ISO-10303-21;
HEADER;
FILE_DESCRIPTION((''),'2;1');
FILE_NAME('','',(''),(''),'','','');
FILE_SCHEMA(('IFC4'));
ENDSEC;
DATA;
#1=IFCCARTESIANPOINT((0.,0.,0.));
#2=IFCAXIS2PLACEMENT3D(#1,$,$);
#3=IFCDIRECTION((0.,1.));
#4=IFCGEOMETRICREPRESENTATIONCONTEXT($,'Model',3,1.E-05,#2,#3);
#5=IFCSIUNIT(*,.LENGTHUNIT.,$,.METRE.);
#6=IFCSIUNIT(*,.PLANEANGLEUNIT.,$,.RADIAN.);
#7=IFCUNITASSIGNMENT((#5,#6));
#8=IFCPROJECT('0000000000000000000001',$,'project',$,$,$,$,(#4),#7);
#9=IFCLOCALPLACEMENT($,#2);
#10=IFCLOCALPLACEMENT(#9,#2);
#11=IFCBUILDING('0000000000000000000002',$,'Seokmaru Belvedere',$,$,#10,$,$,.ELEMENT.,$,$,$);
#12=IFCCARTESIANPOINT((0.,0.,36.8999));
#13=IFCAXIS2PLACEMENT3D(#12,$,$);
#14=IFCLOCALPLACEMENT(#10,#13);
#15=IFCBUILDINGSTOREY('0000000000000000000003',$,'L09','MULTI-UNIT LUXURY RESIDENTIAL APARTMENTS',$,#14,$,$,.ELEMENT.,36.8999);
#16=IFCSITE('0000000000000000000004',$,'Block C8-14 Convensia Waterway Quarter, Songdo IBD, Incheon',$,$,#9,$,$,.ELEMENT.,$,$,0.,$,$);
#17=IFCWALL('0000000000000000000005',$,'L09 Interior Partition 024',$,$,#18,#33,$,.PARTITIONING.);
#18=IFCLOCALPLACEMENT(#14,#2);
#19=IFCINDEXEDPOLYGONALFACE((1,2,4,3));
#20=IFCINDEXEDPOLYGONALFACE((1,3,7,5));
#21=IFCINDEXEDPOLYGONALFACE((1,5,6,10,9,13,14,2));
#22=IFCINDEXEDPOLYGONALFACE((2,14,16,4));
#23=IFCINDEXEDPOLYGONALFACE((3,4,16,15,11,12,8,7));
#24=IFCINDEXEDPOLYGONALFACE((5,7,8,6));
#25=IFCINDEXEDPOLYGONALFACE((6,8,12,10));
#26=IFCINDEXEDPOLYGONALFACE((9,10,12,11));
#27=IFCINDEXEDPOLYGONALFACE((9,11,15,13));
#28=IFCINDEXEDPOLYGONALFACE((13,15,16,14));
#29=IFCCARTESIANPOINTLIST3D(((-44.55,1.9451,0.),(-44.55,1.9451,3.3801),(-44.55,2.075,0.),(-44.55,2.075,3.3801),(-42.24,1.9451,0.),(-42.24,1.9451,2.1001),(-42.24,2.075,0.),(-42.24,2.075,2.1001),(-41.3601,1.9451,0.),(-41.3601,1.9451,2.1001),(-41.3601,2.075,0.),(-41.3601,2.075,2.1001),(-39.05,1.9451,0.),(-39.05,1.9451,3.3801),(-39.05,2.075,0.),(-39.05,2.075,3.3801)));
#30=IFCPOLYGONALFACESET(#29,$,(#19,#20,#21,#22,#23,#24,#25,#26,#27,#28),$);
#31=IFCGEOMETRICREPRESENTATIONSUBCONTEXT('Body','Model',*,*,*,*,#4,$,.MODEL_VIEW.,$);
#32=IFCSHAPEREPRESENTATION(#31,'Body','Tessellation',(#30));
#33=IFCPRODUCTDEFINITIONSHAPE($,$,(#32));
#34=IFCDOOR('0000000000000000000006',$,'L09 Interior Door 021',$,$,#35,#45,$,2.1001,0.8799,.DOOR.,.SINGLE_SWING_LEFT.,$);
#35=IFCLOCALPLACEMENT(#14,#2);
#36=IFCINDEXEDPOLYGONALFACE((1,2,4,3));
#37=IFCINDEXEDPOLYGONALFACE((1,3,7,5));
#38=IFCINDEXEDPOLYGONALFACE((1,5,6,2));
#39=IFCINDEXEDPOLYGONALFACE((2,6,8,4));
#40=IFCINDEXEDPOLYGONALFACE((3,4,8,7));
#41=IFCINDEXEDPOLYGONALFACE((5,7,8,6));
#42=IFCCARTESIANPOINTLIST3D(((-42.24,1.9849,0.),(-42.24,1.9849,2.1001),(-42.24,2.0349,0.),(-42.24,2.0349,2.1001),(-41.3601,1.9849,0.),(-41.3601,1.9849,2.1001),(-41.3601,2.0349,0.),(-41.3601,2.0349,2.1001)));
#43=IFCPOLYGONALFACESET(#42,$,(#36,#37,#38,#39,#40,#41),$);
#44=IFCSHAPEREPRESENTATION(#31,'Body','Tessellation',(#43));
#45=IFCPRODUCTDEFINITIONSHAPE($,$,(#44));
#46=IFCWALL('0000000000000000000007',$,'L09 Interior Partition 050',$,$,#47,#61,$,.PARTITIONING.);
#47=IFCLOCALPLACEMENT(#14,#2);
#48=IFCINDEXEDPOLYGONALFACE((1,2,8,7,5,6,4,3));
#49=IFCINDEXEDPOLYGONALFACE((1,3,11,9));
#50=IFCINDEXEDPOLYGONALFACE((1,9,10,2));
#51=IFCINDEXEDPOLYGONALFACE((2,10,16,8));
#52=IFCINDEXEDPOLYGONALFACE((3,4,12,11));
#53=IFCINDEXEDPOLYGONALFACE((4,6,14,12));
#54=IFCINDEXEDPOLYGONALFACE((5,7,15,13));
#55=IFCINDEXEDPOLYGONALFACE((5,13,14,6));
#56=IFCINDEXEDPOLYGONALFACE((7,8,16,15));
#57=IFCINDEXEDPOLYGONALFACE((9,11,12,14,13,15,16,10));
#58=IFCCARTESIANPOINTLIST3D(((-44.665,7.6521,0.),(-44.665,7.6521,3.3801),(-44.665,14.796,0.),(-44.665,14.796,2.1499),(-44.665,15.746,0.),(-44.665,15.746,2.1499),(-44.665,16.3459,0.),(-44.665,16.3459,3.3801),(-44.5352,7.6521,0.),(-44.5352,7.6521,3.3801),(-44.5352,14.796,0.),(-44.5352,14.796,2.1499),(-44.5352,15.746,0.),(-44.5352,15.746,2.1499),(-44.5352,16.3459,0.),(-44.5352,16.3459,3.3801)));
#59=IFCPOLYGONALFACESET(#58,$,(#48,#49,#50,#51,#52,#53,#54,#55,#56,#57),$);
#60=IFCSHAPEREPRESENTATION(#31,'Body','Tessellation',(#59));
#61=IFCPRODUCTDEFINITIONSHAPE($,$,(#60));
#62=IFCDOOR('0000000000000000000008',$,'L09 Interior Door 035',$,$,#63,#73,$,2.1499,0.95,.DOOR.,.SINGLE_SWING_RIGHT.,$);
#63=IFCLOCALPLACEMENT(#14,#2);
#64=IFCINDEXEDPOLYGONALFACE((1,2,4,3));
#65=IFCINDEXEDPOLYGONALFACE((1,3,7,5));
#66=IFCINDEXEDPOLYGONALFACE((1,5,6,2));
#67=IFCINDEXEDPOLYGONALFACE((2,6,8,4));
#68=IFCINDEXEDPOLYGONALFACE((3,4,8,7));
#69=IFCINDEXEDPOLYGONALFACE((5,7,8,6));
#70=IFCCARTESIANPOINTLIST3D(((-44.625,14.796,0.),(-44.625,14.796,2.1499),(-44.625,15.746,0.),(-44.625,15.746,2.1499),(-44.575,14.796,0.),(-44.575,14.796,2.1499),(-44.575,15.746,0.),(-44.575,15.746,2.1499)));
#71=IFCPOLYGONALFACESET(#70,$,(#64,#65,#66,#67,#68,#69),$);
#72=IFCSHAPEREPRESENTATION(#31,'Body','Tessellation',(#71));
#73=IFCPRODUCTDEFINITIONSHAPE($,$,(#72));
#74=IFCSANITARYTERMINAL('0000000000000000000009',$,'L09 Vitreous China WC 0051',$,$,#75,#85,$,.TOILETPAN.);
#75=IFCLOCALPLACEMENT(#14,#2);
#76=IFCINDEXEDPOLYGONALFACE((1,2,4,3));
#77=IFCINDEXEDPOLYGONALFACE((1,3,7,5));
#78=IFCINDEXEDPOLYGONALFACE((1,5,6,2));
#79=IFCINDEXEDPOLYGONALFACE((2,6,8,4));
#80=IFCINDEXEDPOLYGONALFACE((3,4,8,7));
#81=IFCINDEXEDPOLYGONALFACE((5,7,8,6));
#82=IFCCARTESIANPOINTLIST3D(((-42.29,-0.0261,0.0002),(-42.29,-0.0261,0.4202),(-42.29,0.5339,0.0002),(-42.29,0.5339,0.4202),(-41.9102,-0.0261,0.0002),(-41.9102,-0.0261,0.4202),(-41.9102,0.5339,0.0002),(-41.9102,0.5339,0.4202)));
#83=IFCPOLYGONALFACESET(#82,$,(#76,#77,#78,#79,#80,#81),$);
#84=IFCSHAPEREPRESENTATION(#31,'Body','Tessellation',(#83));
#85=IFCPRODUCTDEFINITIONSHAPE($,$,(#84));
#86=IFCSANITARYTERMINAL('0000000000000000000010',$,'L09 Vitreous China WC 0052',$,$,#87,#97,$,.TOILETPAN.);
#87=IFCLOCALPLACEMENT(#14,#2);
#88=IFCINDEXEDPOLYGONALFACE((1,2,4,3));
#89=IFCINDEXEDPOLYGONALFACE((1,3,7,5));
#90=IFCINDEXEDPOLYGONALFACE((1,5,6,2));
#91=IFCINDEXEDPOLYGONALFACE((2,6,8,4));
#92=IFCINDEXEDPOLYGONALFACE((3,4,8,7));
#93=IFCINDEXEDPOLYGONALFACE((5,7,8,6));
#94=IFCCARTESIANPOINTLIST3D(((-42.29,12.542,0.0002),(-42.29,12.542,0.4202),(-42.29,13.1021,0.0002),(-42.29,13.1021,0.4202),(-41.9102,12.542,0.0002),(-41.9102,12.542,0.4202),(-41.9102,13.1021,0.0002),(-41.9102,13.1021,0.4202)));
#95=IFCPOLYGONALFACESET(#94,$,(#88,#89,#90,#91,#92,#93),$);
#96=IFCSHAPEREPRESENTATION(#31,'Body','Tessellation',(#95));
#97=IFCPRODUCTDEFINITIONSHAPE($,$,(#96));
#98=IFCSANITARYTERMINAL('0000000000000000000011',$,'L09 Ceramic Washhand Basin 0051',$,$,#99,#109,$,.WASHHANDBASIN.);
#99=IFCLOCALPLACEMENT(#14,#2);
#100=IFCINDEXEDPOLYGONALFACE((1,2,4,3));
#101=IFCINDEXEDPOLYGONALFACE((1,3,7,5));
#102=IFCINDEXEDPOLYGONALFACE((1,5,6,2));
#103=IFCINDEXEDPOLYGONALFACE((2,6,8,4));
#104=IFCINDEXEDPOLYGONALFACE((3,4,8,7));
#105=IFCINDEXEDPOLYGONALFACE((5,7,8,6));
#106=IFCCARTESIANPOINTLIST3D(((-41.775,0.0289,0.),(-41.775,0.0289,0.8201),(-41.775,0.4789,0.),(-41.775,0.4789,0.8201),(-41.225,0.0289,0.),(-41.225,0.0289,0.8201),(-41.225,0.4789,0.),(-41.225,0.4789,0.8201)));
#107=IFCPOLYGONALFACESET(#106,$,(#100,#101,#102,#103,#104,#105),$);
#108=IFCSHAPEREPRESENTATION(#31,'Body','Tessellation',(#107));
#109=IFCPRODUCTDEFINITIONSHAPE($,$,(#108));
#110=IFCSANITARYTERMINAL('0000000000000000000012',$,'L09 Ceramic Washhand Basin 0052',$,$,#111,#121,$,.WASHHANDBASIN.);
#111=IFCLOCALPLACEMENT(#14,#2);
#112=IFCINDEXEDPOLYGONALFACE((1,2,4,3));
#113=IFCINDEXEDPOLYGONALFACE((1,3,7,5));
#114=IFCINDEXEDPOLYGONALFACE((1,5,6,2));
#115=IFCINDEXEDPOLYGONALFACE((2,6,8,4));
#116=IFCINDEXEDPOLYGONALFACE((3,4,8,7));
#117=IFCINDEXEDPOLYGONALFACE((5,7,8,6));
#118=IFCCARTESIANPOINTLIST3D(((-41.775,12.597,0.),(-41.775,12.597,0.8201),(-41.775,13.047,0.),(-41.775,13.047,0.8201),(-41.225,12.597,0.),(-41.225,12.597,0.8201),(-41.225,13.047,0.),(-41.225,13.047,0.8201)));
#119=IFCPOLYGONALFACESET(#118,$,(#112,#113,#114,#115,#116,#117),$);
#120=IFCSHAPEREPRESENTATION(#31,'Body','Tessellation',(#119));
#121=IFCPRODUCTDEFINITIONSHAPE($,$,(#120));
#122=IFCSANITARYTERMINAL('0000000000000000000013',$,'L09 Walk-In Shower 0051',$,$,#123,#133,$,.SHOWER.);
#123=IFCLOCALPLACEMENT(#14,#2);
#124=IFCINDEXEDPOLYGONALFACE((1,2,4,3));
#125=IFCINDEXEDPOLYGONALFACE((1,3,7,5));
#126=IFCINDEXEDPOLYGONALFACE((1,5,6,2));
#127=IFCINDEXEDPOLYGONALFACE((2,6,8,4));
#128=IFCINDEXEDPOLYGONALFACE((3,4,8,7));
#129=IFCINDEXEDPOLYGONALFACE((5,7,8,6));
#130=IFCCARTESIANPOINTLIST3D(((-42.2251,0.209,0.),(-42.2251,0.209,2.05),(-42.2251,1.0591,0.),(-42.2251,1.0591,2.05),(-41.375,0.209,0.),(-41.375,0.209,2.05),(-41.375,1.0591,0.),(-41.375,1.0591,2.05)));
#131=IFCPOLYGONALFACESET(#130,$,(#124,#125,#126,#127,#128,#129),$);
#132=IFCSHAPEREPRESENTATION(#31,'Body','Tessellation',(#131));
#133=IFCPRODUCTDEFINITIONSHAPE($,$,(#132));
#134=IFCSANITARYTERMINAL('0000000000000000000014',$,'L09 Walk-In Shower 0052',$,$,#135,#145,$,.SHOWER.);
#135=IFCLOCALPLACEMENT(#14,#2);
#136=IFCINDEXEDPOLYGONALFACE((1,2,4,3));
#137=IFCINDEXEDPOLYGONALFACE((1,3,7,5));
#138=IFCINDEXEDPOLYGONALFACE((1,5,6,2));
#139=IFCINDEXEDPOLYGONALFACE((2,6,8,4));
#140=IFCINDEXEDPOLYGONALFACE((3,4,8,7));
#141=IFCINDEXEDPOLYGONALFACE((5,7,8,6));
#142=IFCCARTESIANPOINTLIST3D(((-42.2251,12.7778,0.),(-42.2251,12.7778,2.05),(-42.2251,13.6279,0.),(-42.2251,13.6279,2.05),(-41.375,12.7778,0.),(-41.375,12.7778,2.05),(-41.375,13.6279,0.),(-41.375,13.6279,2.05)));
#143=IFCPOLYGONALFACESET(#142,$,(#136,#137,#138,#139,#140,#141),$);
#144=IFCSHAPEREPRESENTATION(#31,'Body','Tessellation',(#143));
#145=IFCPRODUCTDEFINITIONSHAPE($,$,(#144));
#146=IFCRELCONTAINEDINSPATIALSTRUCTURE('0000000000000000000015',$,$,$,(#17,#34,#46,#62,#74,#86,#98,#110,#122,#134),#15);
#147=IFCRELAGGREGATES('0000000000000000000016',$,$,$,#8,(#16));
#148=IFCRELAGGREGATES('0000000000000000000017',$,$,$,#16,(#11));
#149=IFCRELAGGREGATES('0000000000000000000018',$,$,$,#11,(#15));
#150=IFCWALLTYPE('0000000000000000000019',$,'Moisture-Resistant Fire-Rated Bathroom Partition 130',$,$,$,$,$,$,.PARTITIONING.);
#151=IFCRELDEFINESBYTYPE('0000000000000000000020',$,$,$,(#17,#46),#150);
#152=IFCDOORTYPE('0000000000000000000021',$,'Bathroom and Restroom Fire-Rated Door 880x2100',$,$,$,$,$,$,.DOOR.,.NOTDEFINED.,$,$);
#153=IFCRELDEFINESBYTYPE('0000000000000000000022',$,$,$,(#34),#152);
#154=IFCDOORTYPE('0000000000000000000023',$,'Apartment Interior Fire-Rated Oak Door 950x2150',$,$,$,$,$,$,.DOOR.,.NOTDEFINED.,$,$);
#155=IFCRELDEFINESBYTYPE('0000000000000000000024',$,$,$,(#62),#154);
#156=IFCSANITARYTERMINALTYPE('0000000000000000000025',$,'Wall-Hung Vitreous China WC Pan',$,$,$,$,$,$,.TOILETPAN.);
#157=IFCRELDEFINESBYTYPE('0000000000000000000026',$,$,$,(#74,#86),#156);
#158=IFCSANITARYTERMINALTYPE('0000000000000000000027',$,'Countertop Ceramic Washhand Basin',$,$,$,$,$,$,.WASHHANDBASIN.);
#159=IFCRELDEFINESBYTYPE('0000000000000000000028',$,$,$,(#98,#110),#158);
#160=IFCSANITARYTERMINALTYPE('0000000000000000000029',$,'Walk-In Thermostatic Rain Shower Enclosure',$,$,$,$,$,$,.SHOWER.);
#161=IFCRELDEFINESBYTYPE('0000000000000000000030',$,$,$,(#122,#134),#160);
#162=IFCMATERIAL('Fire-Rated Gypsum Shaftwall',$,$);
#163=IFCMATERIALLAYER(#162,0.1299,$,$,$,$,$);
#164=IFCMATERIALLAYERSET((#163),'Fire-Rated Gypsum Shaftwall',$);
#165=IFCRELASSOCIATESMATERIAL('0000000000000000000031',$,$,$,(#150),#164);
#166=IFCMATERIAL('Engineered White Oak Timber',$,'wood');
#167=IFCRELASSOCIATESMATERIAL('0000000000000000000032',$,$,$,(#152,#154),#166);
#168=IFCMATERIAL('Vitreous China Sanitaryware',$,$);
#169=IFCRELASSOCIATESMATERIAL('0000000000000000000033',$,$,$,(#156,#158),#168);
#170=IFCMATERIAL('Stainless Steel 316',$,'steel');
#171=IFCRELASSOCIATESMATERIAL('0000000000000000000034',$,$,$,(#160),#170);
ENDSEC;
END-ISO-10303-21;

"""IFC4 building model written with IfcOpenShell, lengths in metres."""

from ifc_helpers import new_model, si_unit, direction, frame, frame_2d, origin, origin_2d, place, context, subcontext, project, spatial, rectangle, extrude, source, transform, mapped, material, layer, layer_set, type_object, type_shapes, element, fill, save


model = new_model("IFC4")

# Units and contexts
model_context = context("Model", 3, precision=1e-05, world=origin(), true_north=direction((0.0, 1.0)))
body_context = subcontext(model_context, "Body", "Model", "MODEL_VIEW")
ifc_project = project(units=[si_unit("LENGTHUNIT", "METRE"), si_unit("PLANEANGLEUNIT", "RADIAN")], contexts=[model_context])

# Site, building, storey
site_placement = place(None, origin())
site = spatial("IfcSite", under=ifc_project, at=site_placement, Name="Block C8-14 Convensia Waterway Quarter, Songdo IBD, Incheon", CompositionType="ELEMENT", RefElevation=0.0)
building_placement = place(site_placement, origin())
building = spatial("IfcBuilding", under=site, at=building_placement, Name="Seokmaru Belvedere", CompositionType="ELEMENT")
storey_placement = place(building_placement, frame((0.0, 0.0, 36.8999)))
storey = spatial("IfcBuildingStorey", under=building, at=storey_placement, Name="L09", Description="MULTI-UNIT LUXURY RESIDENTIAL APARTMENTS", CompositionType="ELEMENT", Elevation=36.8999)

# Shared definitions
ifc_material_1 = material(Name="Fire-Rated Gypsum Shaftwall")

# Walls, openings, doors
ifc_layer_1 = layer(ifc_material_1, 0.1299)
ifc_layer_set_1 = layer_set([ifc_layer_1], Name="Fire-Rated Gypsum Shaftwall")
wall_type_1 = type_object("IfcWallType", Name="Moisture-Resistant Fire-Rated Bathroom Partition 130", PredefinedType="PARTITIONING", material=ifc_layer_set_1)
wall_1_placement = place(storey_placement, frame((-44.55, 2.01, 0.0), z_axis=(0.0, 0.0, 1.0), x_axis=(1.0, 0.0, 0.0)))
wall_1 = element("IfcWall", 1, at=wall_1_placement, inside=storey, type_object=wall_type_1, Name="L09 Interior Partition 024", PredefinedType="PARTITIONING", context=body_context, shape_type="SweptSolid", body=[
    extrude(rectangle(XDim=5.5, YDim=0.1299, at=frame_2d((2.75, 0.0))), origin(), (0.0, 0.0, 1.0), 3.3801),
])
opening_1_placement = place(wall_1_placement, frame((2.3101, 0.0, 0.0)))
opening_1 = element("IfcOpeningElement", 2, at=opening_1_placement, cuts=wall_1, PredefinedType="OPENING", context=body_context, shape_type="SweptSolid", body=[
    extrude(rectangle(XDim=0.8799, YDim=2.1001, at=frame_2d((0.4399, 1.05))), frame((0.0, 0.075, 0.0), z_axis=(0.0, -1.0, 0.0), x_axis=(1.0, 0.0, 0.0)), (0.0, 0.0, 1.0), 0.1499),
])
ifc_material_2 = material(Name="Engineered White Oak Timber", Category="wood")
door_type_1 = type_object("IfcDoorType", Name="Bathroom and Restroom Fire-Rated Door 880x2100", OperationType="NOTDEFINED", PredefinedType="DOOR", material=ifc_material_2)
shared_shape_1 = source(origin(), body_context, "Body", "SweptSolid", [
    extrude(rectangle(XDim=0.8799, YDim=2.1001, at=frame_2d((0.4399, 1.05))), frame((0.0, 0.0249, 0.0), z_axis=(0.0, -1.0, 0.0), x_axis=(1.0, 0.0, 0.0)), (0.0, 0.0, 1.0), 0.05),
])
type_shapes(door_type_1, [shared_shape_1])
door_1_placement = place(opening_1_placement, origin())
door_1 = element("IfcDoor", 3, at=door_1_placement, inside=storey, type_object=door_type_1, Name="L09 Interior Door 021", OperationType="SINGLE_SWING_LEFT", OverallHeight=2.1001, OverallWidth=0.8799, PredefinedType="DOOR", context=body_context, shape_type="MappedRepresentation", body=[
    mapped(shared_shape_1, transform((0.0, 0.0, 0.0), scale=1.0)),
])
fill(opening_1, door_1)
wall_2_placement = place(storey_placement, frame((-44.6001, 7.6521, 0.0), z_axis=(0.0, 0.0, 1.0), x_axis=(0.0, 1.0, 0.0)))
wall_2 = element("IfcWall", 4, at=wall_2_placement, inside=storey, type_object=wall_type_1, Name="L09 Interior Partition 050", PredefinedType="PARTITIONING", context=body_context, shape_type="SweptSolid", body=[
    extrude(rectangle(XDim=8.6938, YDim=0.1299, at=frame_2d((4.3469, 0.0))), origin(), (0.0, 0.0, 1.0), 3.3801),
])
opening_2_placement = place(wall_2_placement, frame((7.1438, 0.0, 0.0)))
opening_2 = element("IfcOpeningElement", 5, at=opening_2_placement, cuts=wall_2, PredefinedType="OPENING", context=body_context, shape_type="SweptSolid", body=[
    extrude(rectangle(XDim=0.95, YDim=2.1499, at=frame_2d((0.4751, 1.075))), frame((0.0, 0.075, 0.0), z_axis=(0.0, -1.0, 0.0), x_axis=(1.0, 0.0, 0.0)), (0.0, 0.0, 1.0), 0.1499),
])
door_type_2 = type_object("IfcDoorType", Name="Apartment Interior Fire-Rated Oak Door 950x2150", OperationType="NOTDEFINED", PredefinedType="DOOR", material=ifc_material_2)
shared_shape_2 = source(origin(), body_context, "Body", "SweptSolid", [
    extrude(rectangle(XDim=0.95, YDim=2.1499, at=frame_2d((0.4751, 1.075))), frame((0.0, 0.0249, 0.0), z_axis=(0.0, -1.0, 0.0), x_axis=(1.0, 0.0, 0.0)), (0.0, 0.0, 1.0), 0.05),
])
type_shapes(door_type_2, [shared_shape_2])
door_2_placement = place(opening_2_placement, origin())
door_2 = element("IfcDoor", 6, at=door_2_placement, inside=storey, type_object=door_type_2, Name="L09 Interior Door 035", OperationType="SINGLE_SWING_RIGHT", OverallHeight=2.1499, OverallWidth=0.95, PredefinedType="DOOR", context=body_context, shape_type="MappedRepresentation", body=[
    mapped(shared_shape_2, transform((0.0, 0.0, 0.0), scale=1.0)),
])
fill(opening_2, door_2)

# Sanitary terminals
ifc_material_3 = material(Name="Vitreous China Sanitaryware")
sanitary_terminal_type_1 = type_object("IfcSanitaryTerminalType", Name="Wall-Hung Vitreous China WC Pan", PredefinedType="TOILETPAN", material=ifc_material_3)
shared_shape_3 = source(origin(), body_context, "Body", "SweptSolid", [
    extrude(rectangle(XDim=0.3799, YDim=0.5601, at=origin_2d()), origin(), (0.0, 0.0, 1.0), 0.4199),
])
type_shapes(sanitary_terminal_type_1, [shared_shape_3])
for number, where, z_axis, x_axis, name in (
    (7, (-42.1001, 0.2539, 0.0002), (0.0, 0.0, 1.0), (1.0, 0.0, 0.0), "L09 Vitreous China WC 0051"),
    (8, (-42.1001, 12.822, 0.0002), (0.0, 0.0, 1.0), (1.0, 0.0, 0.0), "L09 Vitreous China WC 0052"),
):
    element("IfcSanitaryTerminal", number, at=place(storey_placement, frame(where, z_axis=z_axis, x_axis=x_axis)), inside=storey, type_object=sanitary_terminal_type_1, Name=name, PredefinedType="TOILETPAN", context=body_context, shape_type="MappedRepresentation", body=[
        mapped(shared_shape_3, transform((0.0, 0.0, 0.0), scale=1.0)),
    ])
sanitary_terminal_type_2 = type_object("IfcSanitaryTerminalType", Name="Countertop Ceramic Washhand Basin", PredefinedType="WASHHANDBASIN", material=ifc_material_3)
shared_shape_4 = source(origin(), body_context, "Body", "SweptSolid", [
    extrude(rectangle(XDim=0.55, YDim=0.45, at=origin_2d()), origin(), (0.0, 0.0, 1.0), 0.8201),
])
type_shapes(sanitary_terminal_type_2, [shared_shape_4])
for number, where, z_axis, x_axis, name in (
    (9, (-41.5, 0.2539, 0.0), (0.0, 0.0, 1.0), (1.0, 0.0, 0.0), "L09 Ceramic Washhand Basin 0051"),
    (10, (-41.5, 12.822, 0.0), (0.0, 0.0, 1.0), (1.0, 0.0, 0.0), "L09 Ceramic Washhand Basin 0052"),
):
    element("IfcSanitaryTerminal", number, at=place(storey_placement, frame(where, z_axis=z_axis, x_axis=x_axis)), inside=storey, type_object=sanitary_terminal_type_2, Name=name, PredefinedType="WASHHANDBASIN", context=body_context, shape_type="MappedRepresentation", body=[
        mapped(shared_shape_4, transform((0.0, 0.0, 0.0), scale=1.0)),
    ])
ifc_material_4 = material(Name="Stainless Steel 316", Category="steel")
sanitary_terminal_type_3 = type_object("IfcSanitaryTerminalType", Name="Walk-In Thermostatic Rain Shower Enclosure", PredefinedType="SHOWER", material=ifc_material_4)
shared_shape_5 = source(origin(), body_context, "Body", "SweptSolid", [
    extrude(rectangle(XDim=0.8501, YDim=0.8501, at=origin_2d()), origin(), (0.0, 0.0, 1.0), 2.05),
])
type_shapes(sanitary_terminal_type_3, [shared_shape_5])
for number, where, z_axis, x_axis, name in (
    (11, (-41.8, 0.634, 0.0), (0.0, 0.0, 1.0), (1.0, 0.0, 0.0), "L09 Walk-In Shower 0051"),
    (12, (-41.8, 13.2029, 0.0), (0.0, 0.0, 1.0), (1.0, 0.0, 0.0), "L09 Walk-In Shower 0052"),
):
    element("IfcSanitaryTerminal", number, at=place(storey_placement, frame(where, z_axis=z_axis, x_axis=x_axis)), inside=storey, type_object=sanitary_terminal_type_3, Name=name, PredefinedType="SHOWER", context=body_context, shape_type="MappedRepresentation", body=[
        mapped(shared_shape_5, transform((0.0, 0.0, 0.0), scale=1.0)),
    ])

save(model, "model.ifc")
